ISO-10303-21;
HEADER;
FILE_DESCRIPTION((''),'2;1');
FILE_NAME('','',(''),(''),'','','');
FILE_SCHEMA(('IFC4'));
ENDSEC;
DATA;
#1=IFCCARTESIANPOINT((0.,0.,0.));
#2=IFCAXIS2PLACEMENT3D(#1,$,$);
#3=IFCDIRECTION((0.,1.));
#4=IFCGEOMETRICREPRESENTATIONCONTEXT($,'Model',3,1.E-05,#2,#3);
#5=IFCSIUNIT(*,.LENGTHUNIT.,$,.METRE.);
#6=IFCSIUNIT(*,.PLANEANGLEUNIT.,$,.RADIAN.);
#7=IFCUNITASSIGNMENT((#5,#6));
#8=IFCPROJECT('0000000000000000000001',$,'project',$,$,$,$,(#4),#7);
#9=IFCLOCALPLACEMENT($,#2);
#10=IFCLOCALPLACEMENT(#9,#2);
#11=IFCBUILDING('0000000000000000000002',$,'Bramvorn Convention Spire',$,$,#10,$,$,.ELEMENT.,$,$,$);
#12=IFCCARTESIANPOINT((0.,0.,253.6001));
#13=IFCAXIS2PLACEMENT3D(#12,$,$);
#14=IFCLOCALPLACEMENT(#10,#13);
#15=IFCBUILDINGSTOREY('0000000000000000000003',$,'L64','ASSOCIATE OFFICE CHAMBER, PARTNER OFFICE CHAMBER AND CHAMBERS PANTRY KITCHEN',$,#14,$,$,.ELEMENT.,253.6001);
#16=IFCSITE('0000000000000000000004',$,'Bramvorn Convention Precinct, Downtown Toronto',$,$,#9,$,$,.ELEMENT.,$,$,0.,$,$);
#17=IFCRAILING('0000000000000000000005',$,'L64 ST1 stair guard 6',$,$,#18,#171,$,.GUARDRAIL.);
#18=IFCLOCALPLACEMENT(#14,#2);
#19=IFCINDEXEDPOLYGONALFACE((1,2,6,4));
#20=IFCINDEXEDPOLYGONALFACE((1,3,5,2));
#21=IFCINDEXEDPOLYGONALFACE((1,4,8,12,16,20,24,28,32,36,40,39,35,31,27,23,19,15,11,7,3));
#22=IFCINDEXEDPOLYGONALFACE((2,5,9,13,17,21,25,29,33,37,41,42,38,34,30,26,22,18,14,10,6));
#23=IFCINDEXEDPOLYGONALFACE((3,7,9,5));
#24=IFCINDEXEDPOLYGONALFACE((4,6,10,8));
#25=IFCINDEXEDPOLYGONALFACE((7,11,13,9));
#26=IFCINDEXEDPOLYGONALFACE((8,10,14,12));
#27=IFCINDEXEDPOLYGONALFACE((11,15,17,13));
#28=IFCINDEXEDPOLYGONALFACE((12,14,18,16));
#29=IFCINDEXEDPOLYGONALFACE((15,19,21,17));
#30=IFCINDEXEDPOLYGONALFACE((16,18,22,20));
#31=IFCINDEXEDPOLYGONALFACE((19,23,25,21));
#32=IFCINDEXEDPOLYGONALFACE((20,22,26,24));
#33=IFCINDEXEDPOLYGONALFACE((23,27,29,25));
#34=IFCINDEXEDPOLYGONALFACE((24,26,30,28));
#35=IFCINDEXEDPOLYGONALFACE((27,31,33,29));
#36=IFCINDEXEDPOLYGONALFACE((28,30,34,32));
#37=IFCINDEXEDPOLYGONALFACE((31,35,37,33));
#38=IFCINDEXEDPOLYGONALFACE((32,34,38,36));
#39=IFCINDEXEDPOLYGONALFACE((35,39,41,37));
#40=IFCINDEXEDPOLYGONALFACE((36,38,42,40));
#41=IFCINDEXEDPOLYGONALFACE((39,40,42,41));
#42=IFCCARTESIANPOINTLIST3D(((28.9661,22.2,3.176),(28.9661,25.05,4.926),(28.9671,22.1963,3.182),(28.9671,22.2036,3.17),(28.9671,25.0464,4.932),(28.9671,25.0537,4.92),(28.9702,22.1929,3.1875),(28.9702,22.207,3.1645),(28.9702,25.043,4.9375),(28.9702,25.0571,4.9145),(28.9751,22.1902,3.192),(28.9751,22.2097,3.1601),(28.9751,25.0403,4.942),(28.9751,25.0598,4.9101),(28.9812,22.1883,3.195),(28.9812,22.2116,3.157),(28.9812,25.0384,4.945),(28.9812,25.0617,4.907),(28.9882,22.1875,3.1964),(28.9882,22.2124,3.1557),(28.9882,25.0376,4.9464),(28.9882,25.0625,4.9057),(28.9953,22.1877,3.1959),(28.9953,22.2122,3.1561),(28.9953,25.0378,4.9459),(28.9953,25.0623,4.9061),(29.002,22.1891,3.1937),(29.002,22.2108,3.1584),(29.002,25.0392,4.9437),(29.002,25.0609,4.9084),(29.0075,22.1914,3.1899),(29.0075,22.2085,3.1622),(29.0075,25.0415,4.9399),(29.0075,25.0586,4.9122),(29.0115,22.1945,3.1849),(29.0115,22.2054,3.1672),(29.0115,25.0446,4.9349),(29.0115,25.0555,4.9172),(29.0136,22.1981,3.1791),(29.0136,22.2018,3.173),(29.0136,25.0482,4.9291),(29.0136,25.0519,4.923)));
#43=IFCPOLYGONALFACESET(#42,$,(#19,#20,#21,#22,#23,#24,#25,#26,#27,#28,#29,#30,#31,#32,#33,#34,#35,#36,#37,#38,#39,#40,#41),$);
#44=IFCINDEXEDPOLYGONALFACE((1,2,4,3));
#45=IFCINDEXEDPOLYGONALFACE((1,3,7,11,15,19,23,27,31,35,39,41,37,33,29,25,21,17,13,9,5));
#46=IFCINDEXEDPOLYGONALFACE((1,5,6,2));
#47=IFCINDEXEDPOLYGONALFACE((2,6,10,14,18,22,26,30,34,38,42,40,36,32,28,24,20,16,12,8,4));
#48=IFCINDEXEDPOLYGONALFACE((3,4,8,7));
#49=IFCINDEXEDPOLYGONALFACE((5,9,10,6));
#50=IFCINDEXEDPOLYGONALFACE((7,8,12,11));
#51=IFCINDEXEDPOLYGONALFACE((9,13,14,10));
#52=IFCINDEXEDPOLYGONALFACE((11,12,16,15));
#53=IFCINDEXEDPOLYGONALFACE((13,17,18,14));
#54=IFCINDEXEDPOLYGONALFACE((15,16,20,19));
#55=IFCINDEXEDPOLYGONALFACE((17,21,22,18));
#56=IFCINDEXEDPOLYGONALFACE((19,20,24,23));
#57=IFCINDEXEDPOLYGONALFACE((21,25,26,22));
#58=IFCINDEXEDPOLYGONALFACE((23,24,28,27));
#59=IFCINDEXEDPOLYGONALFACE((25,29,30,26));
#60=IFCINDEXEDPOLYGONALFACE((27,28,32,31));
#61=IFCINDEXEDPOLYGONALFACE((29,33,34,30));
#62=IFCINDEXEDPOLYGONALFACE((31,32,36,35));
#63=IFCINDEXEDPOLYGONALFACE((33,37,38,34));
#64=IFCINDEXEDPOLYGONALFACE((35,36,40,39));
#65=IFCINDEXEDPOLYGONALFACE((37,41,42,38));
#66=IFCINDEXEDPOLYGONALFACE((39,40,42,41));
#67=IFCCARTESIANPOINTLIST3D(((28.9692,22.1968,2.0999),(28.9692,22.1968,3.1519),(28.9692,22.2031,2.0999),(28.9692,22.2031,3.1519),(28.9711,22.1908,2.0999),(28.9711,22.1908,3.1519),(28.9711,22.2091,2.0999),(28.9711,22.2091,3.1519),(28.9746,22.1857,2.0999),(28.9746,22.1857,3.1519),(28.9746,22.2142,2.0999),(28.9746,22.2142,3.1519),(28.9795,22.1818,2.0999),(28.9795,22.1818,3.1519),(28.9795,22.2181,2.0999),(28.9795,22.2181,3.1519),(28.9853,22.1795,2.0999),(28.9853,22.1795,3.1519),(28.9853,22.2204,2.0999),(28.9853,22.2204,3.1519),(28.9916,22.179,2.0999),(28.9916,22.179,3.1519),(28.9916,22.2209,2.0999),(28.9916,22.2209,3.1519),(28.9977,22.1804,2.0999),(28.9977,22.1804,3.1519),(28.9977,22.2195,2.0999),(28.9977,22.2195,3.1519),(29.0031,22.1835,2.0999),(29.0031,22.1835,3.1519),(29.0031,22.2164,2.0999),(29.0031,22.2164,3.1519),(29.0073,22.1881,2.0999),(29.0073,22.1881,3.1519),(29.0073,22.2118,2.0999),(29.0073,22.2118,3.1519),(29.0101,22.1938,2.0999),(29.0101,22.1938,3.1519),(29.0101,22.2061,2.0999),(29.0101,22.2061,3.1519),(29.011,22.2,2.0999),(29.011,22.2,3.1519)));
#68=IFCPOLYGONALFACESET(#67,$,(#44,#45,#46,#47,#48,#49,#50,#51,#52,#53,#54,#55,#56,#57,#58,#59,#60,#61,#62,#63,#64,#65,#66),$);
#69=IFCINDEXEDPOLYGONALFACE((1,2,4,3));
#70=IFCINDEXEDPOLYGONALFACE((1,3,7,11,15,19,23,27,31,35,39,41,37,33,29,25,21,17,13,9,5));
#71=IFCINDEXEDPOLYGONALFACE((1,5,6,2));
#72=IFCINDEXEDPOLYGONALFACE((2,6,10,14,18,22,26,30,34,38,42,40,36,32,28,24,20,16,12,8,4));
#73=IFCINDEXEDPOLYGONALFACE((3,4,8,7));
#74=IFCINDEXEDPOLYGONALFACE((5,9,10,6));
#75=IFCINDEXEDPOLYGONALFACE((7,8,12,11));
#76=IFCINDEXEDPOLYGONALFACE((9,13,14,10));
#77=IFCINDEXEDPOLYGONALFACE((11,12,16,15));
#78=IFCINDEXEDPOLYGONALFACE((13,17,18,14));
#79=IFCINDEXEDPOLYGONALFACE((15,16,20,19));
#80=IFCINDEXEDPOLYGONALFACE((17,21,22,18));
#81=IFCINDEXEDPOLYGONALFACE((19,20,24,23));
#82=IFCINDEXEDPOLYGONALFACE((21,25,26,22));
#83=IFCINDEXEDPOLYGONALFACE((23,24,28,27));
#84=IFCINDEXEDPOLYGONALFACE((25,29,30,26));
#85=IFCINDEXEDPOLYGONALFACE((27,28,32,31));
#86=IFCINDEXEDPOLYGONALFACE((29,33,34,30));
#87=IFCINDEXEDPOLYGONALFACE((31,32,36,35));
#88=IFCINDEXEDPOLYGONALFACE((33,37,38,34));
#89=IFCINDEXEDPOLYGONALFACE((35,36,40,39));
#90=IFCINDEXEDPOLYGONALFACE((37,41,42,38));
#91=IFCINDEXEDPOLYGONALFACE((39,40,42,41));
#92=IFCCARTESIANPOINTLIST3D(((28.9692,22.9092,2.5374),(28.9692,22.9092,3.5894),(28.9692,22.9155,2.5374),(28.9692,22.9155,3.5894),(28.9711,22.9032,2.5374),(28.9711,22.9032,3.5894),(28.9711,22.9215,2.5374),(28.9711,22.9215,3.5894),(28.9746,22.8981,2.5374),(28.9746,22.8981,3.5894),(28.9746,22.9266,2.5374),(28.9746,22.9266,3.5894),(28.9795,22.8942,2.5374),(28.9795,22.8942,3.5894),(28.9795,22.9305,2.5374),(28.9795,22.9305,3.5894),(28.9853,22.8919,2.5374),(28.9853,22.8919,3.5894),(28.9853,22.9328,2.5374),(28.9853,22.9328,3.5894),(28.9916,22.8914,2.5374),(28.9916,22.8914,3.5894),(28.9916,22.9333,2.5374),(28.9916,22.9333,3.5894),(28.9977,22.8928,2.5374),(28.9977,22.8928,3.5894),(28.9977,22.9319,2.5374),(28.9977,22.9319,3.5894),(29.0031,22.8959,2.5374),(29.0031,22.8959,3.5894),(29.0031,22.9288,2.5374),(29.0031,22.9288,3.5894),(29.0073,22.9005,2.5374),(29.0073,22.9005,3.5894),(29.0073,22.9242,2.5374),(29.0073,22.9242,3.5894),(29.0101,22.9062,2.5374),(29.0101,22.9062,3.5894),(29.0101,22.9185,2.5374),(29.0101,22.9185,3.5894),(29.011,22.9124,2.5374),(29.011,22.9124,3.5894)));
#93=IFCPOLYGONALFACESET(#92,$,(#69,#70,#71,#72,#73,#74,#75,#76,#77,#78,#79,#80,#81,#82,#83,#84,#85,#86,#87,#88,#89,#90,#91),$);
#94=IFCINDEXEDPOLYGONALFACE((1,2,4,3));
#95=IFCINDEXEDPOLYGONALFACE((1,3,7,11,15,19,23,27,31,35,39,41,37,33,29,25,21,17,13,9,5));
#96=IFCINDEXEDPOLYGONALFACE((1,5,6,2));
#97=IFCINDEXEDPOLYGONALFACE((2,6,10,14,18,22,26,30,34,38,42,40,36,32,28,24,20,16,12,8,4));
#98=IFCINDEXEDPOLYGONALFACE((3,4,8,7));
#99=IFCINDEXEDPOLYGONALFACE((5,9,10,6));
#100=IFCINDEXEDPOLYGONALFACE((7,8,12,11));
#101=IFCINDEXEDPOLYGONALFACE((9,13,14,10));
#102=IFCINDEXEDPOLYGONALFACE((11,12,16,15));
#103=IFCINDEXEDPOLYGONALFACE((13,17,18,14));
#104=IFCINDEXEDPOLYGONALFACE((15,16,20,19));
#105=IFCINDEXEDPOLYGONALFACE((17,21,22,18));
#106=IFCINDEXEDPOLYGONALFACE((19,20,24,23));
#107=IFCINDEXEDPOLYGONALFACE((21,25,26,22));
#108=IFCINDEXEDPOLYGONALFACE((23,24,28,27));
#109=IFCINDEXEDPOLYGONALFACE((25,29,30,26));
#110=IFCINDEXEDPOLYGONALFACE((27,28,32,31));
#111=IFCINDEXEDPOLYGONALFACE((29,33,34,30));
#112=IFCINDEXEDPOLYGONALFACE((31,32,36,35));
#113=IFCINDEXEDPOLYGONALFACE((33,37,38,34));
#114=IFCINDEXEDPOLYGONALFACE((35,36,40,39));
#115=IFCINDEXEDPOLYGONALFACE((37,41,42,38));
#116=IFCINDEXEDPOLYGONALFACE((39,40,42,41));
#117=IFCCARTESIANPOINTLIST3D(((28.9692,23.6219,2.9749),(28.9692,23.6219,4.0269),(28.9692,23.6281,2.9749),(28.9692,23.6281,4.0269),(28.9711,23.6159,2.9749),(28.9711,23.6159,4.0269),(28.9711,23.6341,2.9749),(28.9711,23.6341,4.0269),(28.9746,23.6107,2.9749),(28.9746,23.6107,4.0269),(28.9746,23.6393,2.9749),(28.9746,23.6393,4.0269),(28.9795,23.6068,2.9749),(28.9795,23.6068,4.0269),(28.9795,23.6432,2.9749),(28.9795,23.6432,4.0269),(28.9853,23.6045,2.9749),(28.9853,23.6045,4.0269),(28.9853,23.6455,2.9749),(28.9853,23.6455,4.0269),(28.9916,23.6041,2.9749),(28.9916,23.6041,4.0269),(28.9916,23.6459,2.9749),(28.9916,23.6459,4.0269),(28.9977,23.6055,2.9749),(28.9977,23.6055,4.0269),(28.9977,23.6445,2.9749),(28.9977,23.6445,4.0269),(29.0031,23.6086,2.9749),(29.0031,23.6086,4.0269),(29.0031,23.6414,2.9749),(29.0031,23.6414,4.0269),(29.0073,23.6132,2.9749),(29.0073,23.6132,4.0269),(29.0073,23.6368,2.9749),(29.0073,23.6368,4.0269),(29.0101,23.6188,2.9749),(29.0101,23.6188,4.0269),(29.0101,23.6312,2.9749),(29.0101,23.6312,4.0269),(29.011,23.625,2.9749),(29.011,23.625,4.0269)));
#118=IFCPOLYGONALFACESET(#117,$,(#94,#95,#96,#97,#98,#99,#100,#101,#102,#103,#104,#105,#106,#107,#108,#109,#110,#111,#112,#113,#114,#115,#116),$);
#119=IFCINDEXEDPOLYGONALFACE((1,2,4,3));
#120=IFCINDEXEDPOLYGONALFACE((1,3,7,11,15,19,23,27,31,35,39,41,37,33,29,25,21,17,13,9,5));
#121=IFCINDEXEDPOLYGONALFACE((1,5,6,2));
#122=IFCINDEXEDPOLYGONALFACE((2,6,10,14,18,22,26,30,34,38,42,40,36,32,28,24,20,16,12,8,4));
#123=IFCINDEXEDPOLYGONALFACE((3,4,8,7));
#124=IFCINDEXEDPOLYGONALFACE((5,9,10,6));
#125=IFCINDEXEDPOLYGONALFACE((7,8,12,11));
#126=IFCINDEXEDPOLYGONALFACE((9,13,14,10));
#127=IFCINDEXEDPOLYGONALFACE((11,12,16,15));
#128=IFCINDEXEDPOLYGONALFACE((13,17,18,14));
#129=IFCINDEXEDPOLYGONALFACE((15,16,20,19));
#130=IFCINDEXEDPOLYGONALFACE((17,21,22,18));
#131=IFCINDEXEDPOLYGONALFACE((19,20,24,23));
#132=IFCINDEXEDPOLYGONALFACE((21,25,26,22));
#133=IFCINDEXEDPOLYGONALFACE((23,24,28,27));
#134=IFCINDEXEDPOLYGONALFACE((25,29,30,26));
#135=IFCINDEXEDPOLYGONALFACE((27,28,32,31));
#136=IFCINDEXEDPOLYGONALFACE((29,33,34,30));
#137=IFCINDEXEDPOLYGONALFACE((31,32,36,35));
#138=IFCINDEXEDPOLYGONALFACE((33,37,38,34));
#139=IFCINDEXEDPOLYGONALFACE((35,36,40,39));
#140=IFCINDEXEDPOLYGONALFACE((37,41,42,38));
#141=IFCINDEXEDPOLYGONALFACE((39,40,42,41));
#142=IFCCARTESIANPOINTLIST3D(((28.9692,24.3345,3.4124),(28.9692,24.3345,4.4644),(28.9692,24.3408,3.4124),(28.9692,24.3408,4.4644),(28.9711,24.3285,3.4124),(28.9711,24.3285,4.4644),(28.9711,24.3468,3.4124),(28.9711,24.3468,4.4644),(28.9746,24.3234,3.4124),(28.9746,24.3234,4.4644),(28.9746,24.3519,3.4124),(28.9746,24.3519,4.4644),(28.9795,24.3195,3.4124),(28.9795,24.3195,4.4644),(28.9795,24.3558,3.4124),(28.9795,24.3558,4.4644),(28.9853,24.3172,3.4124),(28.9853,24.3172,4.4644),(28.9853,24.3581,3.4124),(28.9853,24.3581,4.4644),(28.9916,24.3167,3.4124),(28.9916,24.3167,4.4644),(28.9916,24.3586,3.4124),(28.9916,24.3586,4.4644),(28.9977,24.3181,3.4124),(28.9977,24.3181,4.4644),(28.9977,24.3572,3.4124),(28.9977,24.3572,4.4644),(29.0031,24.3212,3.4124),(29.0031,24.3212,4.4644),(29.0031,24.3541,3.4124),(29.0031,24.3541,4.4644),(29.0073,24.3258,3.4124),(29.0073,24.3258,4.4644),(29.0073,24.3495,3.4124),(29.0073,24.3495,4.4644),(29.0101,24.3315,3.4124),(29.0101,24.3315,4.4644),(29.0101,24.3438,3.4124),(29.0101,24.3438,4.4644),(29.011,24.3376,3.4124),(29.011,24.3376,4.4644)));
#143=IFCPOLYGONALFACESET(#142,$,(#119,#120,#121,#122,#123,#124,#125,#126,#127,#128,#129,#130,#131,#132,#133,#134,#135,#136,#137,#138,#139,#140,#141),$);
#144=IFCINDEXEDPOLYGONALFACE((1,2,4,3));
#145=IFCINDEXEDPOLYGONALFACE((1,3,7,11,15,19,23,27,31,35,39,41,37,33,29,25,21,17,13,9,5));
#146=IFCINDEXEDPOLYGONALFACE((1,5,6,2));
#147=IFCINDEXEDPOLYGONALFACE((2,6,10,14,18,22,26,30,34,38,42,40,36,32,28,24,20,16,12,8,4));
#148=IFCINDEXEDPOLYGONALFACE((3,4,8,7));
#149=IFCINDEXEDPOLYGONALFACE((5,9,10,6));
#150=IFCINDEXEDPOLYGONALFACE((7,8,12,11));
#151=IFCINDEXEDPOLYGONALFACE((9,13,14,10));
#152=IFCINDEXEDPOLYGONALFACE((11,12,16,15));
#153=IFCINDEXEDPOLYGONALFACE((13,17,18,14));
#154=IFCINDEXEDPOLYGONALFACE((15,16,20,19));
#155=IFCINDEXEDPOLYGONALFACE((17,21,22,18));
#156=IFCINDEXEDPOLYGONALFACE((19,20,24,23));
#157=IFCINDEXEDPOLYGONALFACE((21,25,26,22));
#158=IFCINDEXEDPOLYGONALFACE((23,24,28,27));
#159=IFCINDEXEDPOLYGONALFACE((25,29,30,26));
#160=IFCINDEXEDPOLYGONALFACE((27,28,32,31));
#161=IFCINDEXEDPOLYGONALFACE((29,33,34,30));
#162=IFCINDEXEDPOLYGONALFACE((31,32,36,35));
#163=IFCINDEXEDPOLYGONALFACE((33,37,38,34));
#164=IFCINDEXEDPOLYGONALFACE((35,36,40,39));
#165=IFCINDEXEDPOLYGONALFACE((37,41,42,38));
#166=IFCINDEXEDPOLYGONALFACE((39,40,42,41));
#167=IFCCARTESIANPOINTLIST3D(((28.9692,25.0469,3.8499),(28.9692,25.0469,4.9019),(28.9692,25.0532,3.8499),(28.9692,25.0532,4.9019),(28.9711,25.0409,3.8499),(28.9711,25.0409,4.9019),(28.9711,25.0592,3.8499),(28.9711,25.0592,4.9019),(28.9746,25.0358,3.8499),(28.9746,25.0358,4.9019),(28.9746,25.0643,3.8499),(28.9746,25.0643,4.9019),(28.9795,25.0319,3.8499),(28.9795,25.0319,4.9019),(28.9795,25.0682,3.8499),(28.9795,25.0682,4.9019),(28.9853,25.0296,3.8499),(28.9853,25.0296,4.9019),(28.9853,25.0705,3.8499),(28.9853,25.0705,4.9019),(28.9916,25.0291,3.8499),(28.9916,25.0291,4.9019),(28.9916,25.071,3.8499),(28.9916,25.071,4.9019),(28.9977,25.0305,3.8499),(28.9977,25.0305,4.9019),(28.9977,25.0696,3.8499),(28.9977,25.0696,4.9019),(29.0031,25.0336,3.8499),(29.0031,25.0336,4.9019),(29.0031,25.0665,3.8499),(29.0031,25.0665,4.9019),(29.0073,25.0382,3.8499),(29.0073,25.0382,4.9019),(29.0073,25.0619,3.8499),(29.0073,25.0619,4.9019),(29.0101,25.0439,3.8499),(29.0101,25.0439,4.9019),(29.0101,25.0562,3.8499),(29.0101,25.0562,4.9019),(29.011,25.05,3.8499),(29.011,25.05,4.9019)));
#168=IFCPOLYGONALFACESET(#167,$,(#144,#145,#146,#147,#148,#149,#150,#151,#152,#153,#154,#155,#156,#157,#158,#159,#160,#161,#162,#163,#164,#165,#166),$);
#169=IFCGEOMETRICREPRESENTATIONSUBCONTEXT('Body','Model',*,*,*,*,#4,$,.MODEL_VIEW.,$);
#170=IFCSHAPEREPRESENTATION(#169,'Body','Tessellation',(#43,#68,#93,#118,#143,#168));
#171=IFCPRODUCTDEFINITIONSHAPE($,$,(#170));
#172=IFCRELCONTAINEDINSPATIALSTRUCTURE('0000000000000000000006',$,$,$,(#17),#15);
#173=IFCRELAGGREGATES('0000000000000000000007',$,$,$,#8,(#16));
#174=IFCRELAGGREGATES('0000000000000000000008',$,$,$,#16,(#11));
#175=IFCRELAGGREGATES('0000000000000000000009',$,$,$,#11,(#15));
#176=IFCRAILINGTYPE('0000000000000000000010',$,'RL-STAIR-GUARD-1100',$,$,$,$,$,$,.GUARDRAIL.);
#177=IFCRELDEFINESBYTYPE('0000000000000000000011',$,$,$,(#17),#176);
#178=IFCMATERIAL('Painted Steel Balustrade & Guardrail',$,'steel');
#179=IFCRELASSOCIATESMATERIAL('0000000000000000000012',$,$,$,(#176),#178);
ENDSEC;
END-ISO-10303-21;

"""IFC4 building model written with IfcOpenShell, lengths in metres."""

from ifc_helpers import new_model, si_unit, direction, frame, origin, origin_2d, place, context, subcontext, project, spatial, circle, extrude, material, type_object, element, save


model = new_model("IFC4")

# Units and contexts
model_context = context("Model", 3, precision=1e-05, world=origin(), true_north=direction((0.0, 1.0)))
body_context = subcontext(model_context, "Body", "Model", "MODEL_VIEW")
ifc_project = project(units=[si_unit("LENGTHUNIT", "METRE"), si_unit("PLANEANGLEUNIT", "RADIAN")], contexts=[model_context])

# Site, building, storey
site_placement = place(None, origin())
site = spatial("IfcSite", under=ifc_project, at=site_placement, Name="Bramvorn Convention Precinct, Downtown Toronto", CompositionType="ELEMENT", RefElevation=0.0)
building_placement = place(site_placement, origin())
building = spatial("IfcBuilding", under=site, at=building_placement, Name="Bramvorn Convention Spire", CompositionType="ELEMENT")
storey_placement = place(building_placement, frame((0.0, 0.0, 253.6001)))
storey = spatial("IfcBuildingStorey", under=building, at=storey_placement, Name="L64", Description="ASSOCIATE OFFICE CHAMBER, PARTNER OFFICE CHAMBER AND CHAMBERS PANTRY KITCHEN", CompositionType="ELEMENT", Elevation=253.6001)

# Railing
ifc_material_1 = material(Name="Painted Steel Balustrade & Guardrail", Category="steel")
railing_type_1 = type_object("IfcRailingType", Name="RL-STAIR-GUARD-1100", PredefinedType="GUARDRAIL", material=ifc_material_1)
railing_1_placement = place(storey_placement, frame((28.99, 22.2, 2.0999)))
element("IfcRailing", 1, at=railing_1_placement, inside=storey, type_object=railing_type_1, Name="L64 ST1 stair guard 6", PredefinedType="GUARDRAIL", context=body_context, shape_type="SweptSolid", body=[
    extrude(circle(Radius=0.0239, at=origin_2d()), frame((0.0, 0.0, 1.0762), z_axis=(0.0, 0.852179, 0.52325), x_axis=(-1.0, 0.0, 0.0)), (0.0, 0.0, 1.0), 3.3445),
    extrude(circle(Radius=0.021, at=origin_2d()), origin(), (0.0, 0.0, 1.0), 1.052),
    extrude(circle(Radius=0.021, at=origin_2d()), frame((0.0, 0.7124, 0.4375)), (0.0, 0.0, 1.0), 1.052),
    extrude(circle(Radius=0.021, at=origin_2d()), frame((0.0, 1.425, 0.875)), (0.0, 0.0, 1.0), 1.052),
    extrude(circle(Radius=0.021, at=origin_2d()), frame((0.0, 2.1377, 1.3125)), (0.0, 0.0, 1.0), 1.052),
    extrude(circle(Radius=0.021, at=origin_2d()), frame((0.0, 2.8501, 1.75)), (0.0, 0.0, 1.0), 1.052),
])

save(model, "model.ifc")
